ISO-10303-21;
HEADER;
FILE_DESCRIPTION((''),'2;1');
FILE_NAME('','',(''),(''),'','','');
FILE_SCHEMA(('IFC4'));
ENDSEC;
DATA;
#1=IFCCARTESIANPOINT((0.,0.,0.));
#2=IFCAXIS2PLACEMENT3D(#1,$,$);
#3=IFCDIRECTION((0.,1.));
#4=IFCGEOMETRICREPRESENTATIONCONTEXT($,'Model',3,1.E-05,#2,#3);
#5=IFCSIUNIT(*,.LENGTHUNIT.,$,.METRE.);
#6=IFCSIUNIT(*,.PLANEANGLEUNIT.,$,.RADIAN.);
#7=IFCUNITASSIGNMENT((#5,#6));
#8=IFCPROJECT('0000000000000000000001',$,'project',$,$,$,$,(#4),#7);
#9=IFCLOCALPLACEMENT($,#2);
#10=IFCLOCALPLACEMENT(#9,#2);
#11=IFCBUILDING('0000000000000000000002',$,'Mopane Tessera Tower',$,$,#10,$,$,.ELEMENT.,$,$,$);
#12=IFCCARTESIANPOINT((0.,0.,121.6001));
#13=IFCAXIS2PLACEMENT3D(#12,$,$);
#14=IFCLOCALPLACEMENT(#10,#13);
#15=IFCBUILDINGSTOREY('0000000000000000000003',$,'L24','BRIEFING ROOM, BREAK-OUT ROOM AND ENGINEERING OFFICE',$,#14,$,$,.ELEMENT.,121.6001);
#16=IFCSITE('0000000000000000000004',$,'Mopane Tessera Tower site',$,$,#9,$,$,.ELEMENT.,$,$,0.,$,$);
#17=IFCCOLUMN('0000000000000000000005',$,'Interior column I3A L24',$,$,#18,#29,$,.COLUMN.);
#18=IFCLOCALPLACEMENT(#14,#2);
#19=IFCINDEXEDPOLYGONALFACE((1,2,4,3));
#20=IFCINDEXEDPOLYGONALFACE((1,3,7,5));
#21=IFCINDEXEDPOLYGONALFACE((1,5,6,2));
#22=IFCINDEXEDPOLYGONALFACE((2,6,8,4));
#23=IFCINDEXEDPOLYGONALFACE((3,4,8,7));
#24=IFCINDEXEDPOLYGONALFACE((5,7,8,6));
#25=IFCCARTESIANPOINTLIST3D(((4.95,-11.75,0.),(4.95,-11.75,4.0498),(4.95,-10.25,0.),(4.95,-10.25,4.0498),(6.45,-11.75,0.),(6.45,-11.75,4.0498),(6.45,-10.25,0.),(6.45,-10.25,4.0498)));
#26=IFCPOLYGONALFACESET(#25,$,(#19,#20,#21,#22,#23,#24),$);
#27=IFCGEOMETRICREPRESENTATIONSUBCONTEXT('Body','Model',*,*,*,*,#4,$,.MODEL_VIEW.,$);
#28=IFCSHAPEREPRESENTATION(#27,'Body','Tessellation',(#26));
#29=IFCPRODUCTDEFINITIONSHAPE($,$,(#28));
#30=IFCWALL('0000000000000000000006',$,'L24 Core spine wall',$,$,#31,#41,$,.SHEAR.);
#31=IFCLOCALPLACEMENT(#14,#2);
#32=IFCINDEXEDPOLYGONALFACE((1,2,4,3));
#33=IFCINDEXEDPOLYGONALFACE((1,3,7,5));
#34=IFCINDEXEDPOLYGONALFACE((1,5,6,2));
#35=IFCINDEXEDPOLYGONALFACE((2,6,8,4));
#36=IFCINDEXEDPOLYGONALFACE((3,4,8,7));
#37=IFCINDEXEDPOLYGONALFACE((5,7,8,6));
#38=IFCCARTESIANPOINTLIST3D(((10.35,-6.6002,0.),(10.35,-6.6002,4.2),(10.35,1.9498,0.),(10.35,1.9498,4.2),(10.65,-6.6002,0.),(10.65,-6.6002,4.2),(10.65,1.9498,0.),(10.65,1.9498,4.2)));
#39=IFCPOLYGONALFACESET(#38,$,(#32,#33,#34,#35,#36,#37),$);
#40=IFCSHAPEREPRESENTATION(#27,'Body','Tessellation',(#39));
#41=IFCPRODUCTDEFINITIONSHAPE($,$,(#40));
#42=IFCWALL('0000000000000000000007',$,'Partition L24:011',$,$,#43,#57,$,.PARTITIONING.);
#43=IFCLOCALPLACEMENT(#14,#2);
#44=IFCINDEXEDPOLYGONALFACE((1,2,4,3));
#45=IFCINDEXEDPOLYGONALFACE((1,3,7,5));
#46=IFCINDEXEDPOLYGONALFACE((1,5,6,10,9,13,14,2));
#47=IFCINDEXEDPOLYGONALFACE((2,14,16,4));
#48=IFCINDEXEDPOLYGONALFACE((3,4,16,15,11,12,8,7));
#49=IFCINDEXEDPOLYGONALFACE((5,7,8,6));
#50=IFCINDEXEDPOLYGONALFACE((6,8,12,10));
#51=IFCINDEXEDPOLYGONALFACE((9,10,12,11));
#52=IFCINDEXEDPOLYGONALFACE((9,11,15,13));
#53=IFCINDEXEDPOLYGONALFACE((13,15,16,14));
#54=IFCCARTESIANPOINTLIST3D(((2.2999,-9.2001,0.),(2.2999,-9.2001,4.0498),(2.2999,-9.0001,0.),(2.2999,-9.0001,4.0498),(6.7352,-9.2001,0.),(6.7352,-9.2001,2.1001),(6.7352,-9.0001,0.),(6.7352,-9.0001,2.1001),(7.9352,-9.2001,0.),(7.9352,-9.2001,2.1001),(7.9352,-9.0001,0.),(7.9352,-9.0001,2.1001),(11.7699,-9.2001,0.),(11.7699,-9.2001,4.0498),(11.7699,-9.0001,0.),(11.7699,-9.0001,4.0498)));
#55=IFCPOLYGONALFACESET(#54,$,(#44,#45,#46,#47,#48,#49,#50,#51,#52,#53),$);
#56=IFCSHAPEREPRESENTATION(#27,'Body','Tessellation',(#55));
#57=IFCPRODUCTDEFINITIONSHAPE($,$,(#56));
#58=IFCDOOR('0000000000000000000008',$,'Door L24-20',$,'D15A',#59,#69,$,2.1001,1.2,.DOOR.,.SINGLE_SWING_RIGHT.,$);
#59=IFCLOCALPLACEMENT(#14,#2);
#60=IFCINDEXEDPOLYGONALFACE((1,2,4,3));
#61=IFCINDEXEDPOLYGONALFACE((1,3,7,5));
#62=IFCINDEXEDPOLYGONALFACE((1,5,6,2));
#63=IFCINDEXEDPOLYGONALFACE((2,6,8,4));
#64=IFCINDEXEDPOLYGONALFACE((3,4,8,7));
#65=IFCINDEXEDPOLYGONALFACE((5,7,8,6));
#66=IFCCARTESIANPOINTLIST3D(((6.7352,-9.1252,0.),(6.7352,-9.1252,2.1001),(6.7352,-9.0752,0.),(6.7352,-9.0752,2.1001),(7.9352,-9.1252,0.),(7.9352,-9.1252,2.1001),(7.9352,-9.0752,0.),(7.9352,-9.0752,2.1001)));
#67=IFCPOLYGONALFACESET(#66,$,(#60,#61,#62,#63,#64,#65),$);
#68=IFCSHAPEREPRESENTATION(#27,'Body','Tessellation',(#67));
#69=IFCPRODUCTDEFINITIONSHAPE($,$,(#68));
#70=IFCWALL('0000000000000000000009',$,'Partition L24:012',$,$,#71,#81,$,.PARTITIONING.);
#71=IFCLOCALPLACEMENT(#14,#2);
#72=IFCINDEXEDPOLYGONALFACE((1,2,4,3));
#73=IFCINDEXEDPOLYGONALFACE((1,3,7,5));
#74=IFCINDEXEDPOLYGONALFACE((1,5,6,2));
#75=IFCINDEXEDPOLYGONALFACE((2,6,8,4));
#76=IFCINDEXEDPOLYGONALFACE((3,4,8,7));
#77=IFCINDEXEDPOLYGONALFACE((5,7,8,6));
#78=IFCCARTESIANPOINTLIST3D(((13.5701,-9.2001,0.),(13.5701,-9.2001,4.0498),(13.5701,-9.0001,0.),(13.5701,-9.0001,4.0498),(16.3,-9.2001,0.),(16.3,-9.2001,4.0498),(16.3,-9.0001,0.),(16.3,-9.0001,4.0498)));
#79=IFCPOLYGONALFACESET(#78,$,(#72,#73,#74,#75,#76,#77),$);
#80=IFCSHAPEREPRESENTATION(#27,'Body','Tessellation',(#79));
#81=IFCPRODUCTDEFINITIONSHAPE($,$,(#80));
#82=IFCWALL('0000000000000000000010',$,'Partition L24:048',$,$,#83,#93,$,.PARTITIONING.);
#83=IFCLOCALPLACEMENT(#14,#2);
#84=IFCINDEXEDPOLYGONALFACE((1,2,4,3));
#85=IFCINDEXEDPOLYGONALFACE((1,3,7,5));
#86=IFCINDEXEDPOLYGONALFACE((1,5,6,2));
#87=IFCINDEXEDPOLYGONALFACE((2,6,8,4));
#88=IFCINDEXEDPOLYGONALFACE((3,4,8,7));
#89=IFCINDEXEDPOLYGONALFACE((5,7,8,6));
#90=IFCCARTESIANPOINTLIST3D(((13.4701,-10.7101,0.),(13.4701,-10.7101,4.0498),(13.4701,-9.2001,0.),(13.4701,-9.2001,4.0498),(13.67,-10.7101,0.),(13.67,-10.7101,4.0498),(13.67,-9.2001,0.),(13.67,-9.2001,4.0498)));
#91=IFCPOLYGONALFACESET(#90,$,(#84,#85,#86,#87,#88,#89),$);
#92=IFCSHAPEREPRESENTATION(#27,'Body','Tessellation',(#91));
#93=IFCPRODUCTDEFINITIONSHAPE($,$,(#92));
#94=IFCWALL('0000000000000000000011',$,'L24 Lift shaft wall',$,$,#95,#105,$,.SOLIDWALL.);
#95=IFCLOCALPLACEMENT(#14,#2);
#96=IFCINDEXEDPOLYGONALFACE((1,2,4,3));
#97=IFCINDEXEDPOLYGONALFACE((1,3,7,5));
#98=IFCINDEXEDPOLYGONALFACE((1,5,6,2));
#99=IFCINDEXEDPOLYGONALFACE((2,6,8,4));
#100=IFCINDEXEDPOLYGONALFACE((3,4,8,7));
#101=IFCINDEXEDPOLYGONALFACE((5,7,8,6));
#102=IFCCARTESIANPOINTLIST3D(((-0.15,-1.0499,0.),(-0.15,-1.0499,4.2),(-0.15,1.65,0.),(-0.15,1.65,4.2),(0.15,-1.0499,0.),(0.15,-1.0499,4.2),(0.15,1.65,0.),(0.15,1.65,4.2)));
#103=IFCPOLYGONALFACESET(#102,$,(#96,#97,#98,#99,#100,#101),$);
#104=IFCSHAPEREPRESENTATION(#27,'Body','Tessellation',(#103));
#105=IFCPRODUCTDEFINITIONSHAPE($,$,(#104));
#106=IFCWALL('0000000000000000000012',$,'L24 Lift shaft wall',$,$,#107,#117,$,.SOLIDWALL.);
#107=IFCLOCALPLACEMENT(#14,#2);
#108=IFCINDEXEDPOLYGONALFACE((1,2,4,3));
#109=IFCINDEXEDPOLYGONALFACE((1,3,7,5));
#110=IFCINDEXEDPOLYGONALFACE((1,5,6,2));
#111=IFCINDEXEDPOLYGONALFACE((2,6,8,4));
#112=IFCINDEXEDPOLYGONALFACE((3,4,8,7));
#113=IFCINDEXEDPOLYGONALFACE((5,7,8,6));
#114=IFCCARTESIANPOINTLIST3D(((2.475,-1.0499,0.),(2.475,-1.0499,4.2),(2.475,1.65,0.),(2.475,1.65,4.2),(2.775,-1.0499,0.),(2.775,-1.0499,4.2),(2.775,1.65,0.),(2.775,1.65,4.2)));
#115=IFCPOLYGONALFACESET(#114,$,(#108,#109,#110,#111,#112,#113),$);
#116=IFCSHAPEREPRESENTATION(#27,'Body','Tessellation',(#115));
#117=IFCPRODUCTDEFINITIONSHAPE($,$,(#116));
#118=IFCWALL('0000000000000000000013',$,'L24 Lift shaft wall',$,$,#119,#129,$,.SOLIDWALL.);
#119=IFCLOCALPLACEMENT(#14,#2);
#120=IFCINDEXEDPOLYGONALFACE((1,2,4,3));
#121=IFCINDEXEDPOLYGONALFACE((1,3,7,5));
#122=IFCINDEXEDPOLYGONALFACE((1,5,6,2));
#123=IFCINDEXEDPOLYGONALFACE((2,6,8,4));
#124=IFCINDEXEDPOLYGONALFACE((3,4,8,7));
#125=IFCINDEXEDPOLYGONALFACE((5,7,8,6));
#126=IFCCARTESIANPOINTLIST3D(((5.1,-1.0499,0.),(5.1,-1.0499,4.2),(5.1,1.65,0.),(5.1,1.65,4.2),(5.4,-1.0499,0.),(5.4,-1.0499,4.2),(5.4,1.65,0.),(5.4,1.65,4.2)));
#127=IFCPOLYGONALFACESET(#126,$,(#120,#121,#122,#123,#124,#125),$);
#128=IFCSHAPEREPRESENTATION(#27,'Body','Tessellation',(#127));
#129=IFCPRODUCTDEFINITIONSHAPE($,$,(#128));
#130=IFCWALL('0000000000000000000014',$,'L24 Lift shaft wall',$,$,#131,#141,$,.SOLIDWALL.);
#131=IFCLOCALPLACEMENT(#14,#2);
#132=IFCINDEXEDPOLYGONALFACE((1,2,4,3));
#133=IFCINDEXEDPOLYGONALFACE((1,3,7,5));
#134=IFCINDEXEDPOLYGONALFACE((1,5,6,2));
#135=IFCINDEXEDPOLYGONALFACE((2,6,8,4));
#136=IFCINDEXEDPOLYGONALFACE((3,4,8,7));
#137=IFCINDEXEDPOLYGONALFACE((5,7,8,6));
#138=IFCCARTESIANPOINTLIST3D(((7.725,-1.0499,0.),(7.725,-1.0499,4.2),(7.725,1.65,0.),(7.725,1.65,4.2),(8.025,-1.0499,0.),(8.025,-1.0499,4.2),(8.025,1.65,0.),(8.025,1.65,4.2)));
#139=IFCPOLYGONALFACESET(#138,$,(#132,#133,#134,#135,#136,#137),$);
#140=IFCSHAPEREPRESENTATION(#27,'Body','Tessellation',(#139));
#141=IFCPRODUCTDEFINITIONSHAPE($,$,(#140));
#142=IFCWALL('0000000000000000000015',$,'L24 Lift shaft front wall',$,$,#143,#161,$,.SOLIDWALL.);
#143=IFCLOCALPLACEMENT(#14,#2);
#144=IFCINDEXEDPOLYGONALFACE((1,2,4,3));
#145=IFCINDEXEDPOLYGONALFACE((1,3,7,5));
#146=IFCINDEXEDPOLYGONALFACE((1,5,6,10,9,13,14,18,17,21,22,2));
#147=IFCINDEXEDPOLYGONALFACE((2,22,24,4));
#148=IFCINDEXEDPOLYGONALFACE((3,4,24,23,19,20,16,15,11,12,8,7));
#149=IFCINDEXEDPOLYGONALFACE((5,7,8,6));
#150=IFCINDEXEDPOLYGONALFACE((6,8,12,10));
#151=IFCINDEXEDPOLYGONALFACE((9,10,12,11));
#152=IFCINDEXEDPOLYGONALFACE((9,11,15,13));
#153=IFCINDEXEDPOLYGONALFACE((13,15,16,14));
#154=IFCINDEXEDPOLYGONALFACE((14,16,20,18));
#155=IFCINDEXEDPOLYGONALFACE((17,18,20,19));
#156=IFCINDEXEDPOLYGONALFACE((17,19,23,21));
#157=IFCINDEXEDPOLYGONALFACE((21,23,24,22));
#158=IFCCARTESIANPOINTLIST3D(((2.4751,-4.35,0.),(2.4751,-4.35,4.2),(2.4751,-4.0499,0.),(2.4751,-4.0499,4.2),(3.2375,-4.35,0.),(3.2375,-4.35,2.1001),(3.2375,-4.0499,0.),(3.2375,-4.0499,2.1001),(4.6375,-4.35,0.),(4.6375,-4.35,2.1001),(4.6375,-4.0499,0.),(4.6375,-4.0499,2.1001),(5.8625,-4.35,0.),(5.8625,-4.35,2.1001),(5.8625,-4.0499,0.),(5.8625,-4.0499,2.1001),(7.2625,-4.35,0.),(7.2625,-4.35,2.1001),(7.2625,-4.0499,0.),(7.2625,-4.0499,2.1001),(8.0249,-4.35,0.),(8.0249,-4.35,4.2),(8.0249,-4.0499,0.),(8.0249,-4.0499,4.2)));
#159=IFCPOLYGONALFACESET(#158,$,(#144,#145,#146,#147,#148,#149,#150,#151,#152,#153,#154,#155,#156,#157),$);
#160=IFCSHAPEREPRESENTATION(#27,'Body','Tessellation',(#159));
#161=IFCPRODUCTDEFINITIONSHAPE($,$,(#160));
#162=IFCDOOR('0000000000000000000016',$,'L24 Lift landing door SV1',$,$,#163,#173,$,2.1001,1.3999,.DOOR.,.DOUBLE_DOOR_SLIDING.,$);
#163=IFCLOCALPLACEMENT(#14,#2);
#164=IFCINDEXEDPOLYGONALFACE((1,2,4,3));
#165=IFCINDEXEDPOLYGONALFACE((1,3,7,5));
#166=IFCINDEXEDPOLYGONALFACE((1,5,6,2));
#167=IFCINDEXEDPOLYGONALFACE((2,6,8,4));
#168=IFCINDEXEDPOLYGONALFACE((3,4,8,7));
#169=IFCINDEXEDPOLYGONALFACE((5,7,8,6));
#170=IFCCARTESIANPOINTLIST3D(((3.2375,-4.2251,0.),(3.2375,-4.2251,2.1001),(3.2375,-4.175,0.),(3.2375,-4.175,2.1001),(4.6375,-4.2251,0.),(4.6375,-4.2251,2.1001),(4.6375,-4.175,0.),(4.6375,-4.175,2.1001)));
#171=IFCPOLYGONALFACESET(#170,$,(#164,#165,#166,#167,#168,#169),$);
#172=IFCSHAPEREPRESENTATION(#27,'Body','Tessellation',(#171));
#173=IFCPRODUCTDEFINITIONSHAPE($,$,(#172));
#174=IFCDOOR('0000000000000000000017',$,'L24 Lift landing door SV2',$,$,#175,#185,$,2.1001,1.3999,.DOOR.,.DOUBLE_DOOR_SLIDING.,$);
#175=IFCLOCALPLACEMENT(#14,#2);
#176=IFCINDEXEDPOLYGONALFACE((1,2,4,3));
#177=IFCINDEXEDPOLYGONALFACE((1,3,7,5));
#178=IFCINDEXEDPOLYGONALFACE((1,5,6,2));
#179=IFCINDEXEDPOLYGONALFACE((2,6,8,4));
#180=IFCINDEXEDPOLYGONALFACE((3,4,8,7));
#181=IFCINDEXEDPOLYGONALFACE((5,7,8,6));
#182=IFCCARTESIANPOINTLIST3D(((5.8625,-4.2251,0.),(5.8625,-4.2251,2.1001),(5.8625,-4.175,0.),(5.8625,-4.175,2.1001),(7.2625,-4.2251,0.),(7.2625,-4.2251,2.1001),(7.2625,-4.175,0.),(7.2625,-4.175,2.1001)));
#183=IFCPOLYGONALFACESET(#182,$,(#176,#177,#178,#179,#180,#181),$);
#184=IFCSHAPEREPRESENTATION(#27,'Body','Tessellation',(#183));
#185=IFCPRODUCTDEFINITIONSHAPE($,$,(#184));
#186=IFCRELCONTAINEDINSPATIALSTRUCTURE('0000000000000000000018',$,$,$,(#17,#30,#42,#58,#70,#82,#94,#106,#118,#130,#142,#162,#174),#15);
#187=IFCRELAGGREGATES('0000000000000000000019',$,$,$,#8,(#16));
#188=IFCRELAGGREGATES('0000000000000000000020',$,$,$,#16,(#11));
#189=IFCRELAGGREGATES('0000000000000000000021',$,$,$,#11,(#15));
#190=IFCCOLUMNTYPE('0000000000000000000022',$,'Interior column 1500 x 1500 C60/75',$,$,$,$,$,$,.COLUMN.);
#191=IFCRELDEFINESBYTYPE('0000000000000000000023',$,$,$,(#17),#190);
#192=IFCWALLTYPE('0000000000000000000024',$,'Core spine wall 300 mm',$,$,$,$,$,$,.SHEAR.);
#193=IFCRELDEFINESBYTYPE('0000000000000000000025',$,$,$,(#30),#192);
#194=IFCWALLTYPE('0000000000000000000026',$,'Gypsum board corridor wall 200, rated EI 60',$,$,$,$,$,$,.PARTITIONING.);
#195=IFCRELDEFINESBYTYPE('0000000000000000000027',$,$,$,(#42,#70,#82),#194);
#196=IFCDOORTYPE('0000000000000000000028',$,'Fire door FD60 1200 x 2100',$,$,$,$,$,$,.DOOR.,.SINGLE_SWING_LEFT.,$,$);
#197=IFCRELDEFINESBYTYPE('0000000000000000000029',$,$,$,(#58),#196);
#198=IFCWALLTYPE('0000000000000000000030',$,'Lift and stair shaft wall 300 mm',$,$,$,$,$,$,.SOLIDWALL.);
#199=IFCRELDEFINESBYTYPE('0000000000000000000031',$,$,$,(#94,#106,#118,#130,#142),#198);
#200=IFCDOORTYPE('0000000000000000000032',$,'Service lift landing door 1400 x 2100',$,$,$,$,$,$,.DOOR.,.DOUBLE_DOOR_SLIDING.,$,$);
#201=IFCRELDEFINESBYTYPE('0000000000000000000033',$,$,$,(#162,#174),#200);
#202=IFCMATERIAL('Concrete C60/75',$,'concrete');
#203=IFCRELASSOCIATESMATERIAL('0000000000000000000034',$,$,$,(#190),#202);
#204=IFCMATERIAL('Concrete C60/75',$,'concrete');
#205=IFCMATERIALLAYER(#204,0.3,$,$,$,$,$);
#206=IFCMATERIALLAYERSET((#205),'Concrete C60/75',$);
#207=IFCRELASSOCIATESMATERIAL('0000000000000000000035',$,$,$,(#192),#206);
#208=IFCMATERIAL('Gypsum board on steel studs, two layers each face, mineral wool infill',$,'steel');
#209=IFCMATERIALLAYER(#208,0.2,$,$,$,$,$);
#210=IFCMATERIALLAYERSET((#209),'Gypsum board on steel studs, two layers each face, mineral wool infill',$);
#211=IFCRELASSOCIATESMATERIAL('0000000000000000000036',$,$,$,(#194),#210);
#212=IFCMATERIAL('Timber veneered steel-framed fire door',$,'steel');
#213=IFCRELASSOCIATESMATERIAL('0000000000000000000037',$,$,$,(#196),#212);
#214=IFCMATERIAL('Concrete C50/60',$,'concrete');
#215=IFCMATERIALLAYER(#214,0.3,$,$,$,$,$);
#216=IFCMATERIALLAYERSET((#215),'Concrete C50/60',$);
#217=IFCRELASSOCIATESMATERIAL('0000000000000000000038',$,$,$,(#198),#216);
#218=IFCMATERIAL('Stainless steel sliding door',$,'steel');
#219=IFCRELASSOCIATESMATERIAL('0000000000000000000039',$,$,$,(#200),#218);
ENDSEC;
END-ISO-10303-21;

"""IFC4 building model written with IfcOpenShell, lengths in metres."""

from ifc_helpers import new_model, si_unit, direction, frame, frame_2d, origin, origin_2d, place, context, subcontext, project, spatial, rectangle, extrude, material, layer, layer_set, material_profile, profile_set, type_object, element, fill, save


model = new_model("IFC4")

# Units and contexts
model_context = context("Model", 3, precision=1e-05, world=origin(), true_north=direction((0.0, 1.0)))
body_context = subcontext(model_context, "Body", "Model", "MODEL_VIEW")
ifc_project = project(units=[si_unit("LENGTHUNIT", "METRE"), si_unit("PLANEANGLEUNIT", "RADIAN")], contexts=[model_context])

# Site, building, storey
site_placement = place(None, origin())
site = spatial("IfcSite", under=ifc_project, at=site_placement, Name="Mopane Tessera Tower site", CompositionType="ELEMENT", RefElevation=0.0)
building_placement = place(site_placement, origin())
building = spatial("IfcBuilding", under=site, at=building_placement, Name="Mopane Tessera Tower", CompositionType="ELEMENT")
storey_placement = place(building_placement, frame((0.0, 0.0, 121.6001)))
storey = spatial("IfcBuildingStorey", under=building, at=storey_placement, Name="L24", Description="BRIEFING ROOM, BREAK-OUT ROOM AND ENGINEERING OFFICE", CompositionType="ELEMENT", Elevation=121.6001)

# Column
ifc_material_1 = material(Name="Concrete C60/75", Category="concrete")
ifc_material_profile = material_profile(ifc_material_1, rectangle(XDim=1.5, YDim=1.5, at=origin_2d()))
ifc_profile_set = profile_set([ifc_material_profile], Name="Concrete C60/75")
column_type = type_object("IfcColumnType", Name="Interior column 1500 x 1500 C60/75", PredefinedType="COLUMN", material=ifc_profile_set)
column_placement = place(storey_placement, frame((5.7, -11.0, 0.0), z_axis=(0.0, 0.0, 1.0), x_axis=(1.0, 0.0, 0.0)))
element("IfcColumn", 1, at=column_placement, inside=storey, type_object=column_type, Name="Interior column I3A L24", PredefinedType="COLUMN", context=body_context, shape_type="SweptSolid", body=[
    extrude(rectangle(XDim=1.5, YDim=1.5, at=origin_2d()), origin(), (0.0, 0.0, 1.0), 4.0498),
])

# Wall
ifc_material_2 = material(Name="Concrete C60/75", Category="concrete")
ifc_layer_1 = layer(ifc_material_2, 0.3)
ifc_layer_set_1 = layer_set([ifc_layer_1], Name="Concrete C60/75")
wall_type_1 = type_object("IfcWallType", Name="Core spine wall 300 mm", PredefinedType="SHEAR", material=ifc_layer_set_1)
wall_1_placement = place(storey_placement, frame((10.5, -6.6001, 0.0), z_axis=(0.0, 0.0, 1.0), x_axis=(0.0, 1.0, 0.0)))
element("IfcWall", 2, at=wall_1_placement, inside=storey, type_object=wall_type_1, Name="L24 Core spine wall", PredefinedType="SHEAR", context=body_context, shape_type="SweptSolid", body=[
    extrude(rectangle(XDim=8.55, YDim=0.3, at=frame_2d((4.2749, 0.0))), origin(), (0.0, 0.0, 1.0), 4.2),
])

# Wall, opening, door
ifc_material_3 = material(Name="Gypsum board on steel studs, two layers each face, mineral wool infill", Category="steel")
ifc_layer_2 = layer(ifc_material_3, 0.2)
ifc_layer_set_2 = layer_set([ifc_layer_2], Name="Gypsum board on steel studs, two layers each face, mineral wool infill")
wall_type_2 = type_object("IfcWallType", Name="Gypsum board corridor wall 200, rated EI 60", PredefinedType="PARTITIONING", material=ifc_layer_set_2)
wall_2_placement = place(storey_placement, frame((2.3, -9.1001, 0.0), z_axis=(0.0, 0.0, 1.0), x_axis=(1.0, 0.0, 0.0)))
wall_2 = element("IfcWall", 3, at=wall_2_placement, inside=storey, type_object=wall_type_2, Name="Partition L24:011", PredefinedType="PARTITIONING", context=body_context, shape_type="SweptSolid", body=[
    extrude(rectangle(XDim=9.47, YDim=0.2, at=frame_2d((4.7349, 0.0))), origin(), (0.0, 0.0, 1.0), 4.0498),
])
opening_1_placement = place(wall_2_placement, frame((4.4351, 0.0, 0.0)))
opening_1 = element("IfcOpeningElement", 4, at=opening_1_placement, cuts=wall_2, PredefinedType="OPENING", context=body_context, shape_type="SweptSolid", body=[
    extrude(rectangle(XDim=1.2, YDim=2.1001, at=frame_2d((0.6001, 1.05))), frame((0.0, 0.1121, 0.0), z_axis=(0.0, -1.0, 0.0), x_axis=(1.0, 0.0, 0.0)), (0.0, 0.0, 1.0), 0.2239),
])
ifc_material_4 = material(Name="Timber veneered steel-framed fire door", Category="steel")
door_type_1 = type_object("IfcDoorType", Name="Fire door FD60 1200 x 2100", OperationType="SINGLE_SWING_LEFT", PredefinedType="DOOR", material=ifc_material_4)
door_1_placement = place(opening_1_placement, origin())
door_1 = element("IfcDoor", 5, at=door_1_placement, inside=storey, type_object=door_type_1, Name="Door L24-20", ObjectType="D15A", OperationType="SINGLE_SWING_RIGHT", OverallHeight=2.1001, OverallWidth=1.2, PredefinedType="DOOR", context=body_context, shape_type="SweptSolid", body=[
    extrude(rectangle(XDim=1.2, YDim=2.1001, at=frame_2d((0.6001, 1.05))), frame((0.0, 0.0249, 0.0), z_axis=(0.0, -1.0, 0.0), x_axis=(1.0, 0.0, 0.0)), (0.0, 0.0, 1.0), 0.05),
])
fill(opening_1, door_1)

# Walls
wall_3_placement = place(storey_placement, frame((13.5701, -9.1001, 0.0), z_axis=(0.0, 0.0, 1.0), x_axis=(1.0, 0.0, 0.0)))
element("IfcWall", 6, at=wall_3_placement, inside=storey, type_object=wall_type_2, Name="Partition L24:012", PredefinedType="PARTITIONING", context=body_context, shape_type="SweptSolid", body=[
    extrude(rectangle(XDim=2.73, YDim=0.2, at=frame_2d((1.365, 0.0))), origin(), (0.0, 0.0, 1.0), 4.0498),
])
wall_4_placement = place(storey_placement, frame((13.5701, -10.71, 0.0), z_axis=(0.0, 0.0, 1.0), x_axis=(0.0, 1.0, 0.0)))
element("IfcWall", 7, at=wall_4_placement, inside=storey, type_object=wall_type_2, Name="Partition L24:048", PredefinedType="PARTITIONING", context=body_context, shape_type="SweptSolid", body=[
    extrude(rectangle(XDim=1.51, YDim=0.2, at=frame_2d((0.7549, 0.0))), origin(), (0.0, 0.0, 1.0), 4.0498),
])
ifc_material_5 = material(Name="Concrete C50/60", Category="concrete")
ifc_layer_3 = layer(ifc_material_5, 0.3)
ifc_layer_set_3 = layer_set([ifc_layer_3], Name="Concrete C50/60")
wall_type_3 = type_object("IfcWallType", Name="Lift and stair shaft wall 300 mm", PredefinedType="SOLIDWALL", material=ifc_layer_set_3)
for number, where, z_axis, x_axis, name in (
    (8, (0.0, -1.05, 0.0), (0.0, 0.0, 1.0), (0.0, 1.0, 0.0), "L24 Lift shaft wall"),
    (9, (2.625, -1.05, 0.0), (0.0, 0.0, 1.0), (0.0, 1.0, 0.0), "L24 Lift shaft wall"),
    (10, (5.25, -1.05, 0.0), (0.0, 0.0, 1.0), (0.0, 1.0, 0.0), "L24 Lift shaft wall"),
    (11, (7.875, -1.05, 0.0), (0.0, 0.0, 1.0), (0.0, 1.0, 0.0), "L24 Lift shaft wall"),
):
    element("IfcWall", number, at=place(storey_placement, frame(where, z_axis=z_axis, x_axis=x_axis)), inside=storey, type_object=wall_type_3, Name=name, PredefinedType="SOLIDWALL", context=body_context, shape_type="SweptSolid", body=[
        extrude(rectangle(XDim=2.7, YDim=0.3, at=frame_2d((1.3501, 0.0))), origin(), (0.0, 0.0, 1.0), 4.2),
    ])

# Wall, openings, doors
wall_5_placement = place(storey_placement, frame((2.4751, -4.2, 0.0), z_axis=(0.0, 0.0, 1.0), x_axis=(1.0, 0.0, 0.0)))
wall_5 = element("IfcWall", 12, at=wall_5_placement, inside=storey, type_object=wall_type_3, Name="L24 Lift shaft front wall", PredefinedType="SOLIDWALL", context=body_context, shape_type="SweptSolid", body=[
    extrude(rectangle(XDim=5.5498, YDim=0.3, at=frame_2d((2.7749, 0.0))), origin(), (0.0, 0.0, 1.0), 4.2),
])
opening_2_placement = place(wall_5_placement, frame((0.7625, 0.0, 0.0)))
opening_2 = element("IfcOpeningElement", 13, at=opening_2_placement, cuts=wall_5, PredefinedType="OPENING", context=body_context, shape_type="SweptSolid", body=[
    extrude(rectangle(XDim=1.3999, YDim=2.1001, at=frame_2d((0.7, 1.05))), frame((0.0, 0.1621, 0.0), z_axis=(0.0, -1.0, 0.0), x_axis=(1.0, 0.0, 0.0)), (0.0, 0.0, 1.0), 0.324),
])
opening_3_placement = place(wall_5_placement, frame((3.3875, 0.0, 0.0)))
opening_3 = element("IfcOpeningElement", 14, at=opening_3_placement, cuts=wall_5, PredefinedType="OPENING", context=body_context, shape_type="SweptSolid", body=[
    extrude(rectangle(XDim=1.3999, YDim=2.1001, at=frame_2d((0.7, 1.05))), frame((0.0, 0.1621, 0.0), z_axis=(0.0, -1.0, 0.0), x_axis=(1.0, 0.0, 0.0)), (0.0, 0.0, 1.0), 0.324),
])
ifc_material_6 = material(Name="Stainless steel sliding door", Category="steel")
door_type_2 = type_object("IfcDoorType", Name="Service lift landing door 1400 x 2100", OperationType="DOUBLE_DOOR_SLIDING", PredefinedType="DOOR", material=ifc_material_6)
door_2_placement = place(opening_2_placement, origin())
door_2 = element("IfcDoor", 15, at=door_2_placement, inside=storey, type_object=door_type_2, Name="L24 Lift landing door SV1", OperationType="DOUBLE_DOOR_SLIDING", OverallHeight=2.1001, OverallWidth=1.3999, PredefinedType="DOOR", context=body_context, shape_type="SweptSolid", body=[
    extrude(rectangle(XDim=1.3999, YDim=2.1001, at=frame_2d((0.7, 1.05))), frame((0.0, 0.0249, 0.0), z_axis=(0.0, -1.0, 0.0), x_axis=(1.0, 0.0, 0.0)), (0.0, 0.0, 1.0), 0.05),
])
fill(opening_2, door_2)
door_3_placement = place(opening_3_placement, origin())
door_3 = element("IfcDoor", 16, at=door_3_placement, inside=storey, type_object=door_type_2, Name="L24 Lift landing door SV2", OperationType="DOUBLE_DOOR_SLIDING", OverallHeight=2.1001, OverallWidth=1.3999, PredefinedType="DOOR", context=body_context, shape_type="SweptSolid", body=[
    extrude(rectangle(XDim=1.3999, YDim=2.1001, at=frame_2d((0.7, 1.05))), frame((0.0, 0.0249, 0.0), z_axis=(0.0, -1.0, 0.0), x_axis=(1.0, 0.0, 0.0)), (0.0, 0.0, 1.0), 0.05),
])
fill(opening_3, door_3)

save(model, "model.ifc")
